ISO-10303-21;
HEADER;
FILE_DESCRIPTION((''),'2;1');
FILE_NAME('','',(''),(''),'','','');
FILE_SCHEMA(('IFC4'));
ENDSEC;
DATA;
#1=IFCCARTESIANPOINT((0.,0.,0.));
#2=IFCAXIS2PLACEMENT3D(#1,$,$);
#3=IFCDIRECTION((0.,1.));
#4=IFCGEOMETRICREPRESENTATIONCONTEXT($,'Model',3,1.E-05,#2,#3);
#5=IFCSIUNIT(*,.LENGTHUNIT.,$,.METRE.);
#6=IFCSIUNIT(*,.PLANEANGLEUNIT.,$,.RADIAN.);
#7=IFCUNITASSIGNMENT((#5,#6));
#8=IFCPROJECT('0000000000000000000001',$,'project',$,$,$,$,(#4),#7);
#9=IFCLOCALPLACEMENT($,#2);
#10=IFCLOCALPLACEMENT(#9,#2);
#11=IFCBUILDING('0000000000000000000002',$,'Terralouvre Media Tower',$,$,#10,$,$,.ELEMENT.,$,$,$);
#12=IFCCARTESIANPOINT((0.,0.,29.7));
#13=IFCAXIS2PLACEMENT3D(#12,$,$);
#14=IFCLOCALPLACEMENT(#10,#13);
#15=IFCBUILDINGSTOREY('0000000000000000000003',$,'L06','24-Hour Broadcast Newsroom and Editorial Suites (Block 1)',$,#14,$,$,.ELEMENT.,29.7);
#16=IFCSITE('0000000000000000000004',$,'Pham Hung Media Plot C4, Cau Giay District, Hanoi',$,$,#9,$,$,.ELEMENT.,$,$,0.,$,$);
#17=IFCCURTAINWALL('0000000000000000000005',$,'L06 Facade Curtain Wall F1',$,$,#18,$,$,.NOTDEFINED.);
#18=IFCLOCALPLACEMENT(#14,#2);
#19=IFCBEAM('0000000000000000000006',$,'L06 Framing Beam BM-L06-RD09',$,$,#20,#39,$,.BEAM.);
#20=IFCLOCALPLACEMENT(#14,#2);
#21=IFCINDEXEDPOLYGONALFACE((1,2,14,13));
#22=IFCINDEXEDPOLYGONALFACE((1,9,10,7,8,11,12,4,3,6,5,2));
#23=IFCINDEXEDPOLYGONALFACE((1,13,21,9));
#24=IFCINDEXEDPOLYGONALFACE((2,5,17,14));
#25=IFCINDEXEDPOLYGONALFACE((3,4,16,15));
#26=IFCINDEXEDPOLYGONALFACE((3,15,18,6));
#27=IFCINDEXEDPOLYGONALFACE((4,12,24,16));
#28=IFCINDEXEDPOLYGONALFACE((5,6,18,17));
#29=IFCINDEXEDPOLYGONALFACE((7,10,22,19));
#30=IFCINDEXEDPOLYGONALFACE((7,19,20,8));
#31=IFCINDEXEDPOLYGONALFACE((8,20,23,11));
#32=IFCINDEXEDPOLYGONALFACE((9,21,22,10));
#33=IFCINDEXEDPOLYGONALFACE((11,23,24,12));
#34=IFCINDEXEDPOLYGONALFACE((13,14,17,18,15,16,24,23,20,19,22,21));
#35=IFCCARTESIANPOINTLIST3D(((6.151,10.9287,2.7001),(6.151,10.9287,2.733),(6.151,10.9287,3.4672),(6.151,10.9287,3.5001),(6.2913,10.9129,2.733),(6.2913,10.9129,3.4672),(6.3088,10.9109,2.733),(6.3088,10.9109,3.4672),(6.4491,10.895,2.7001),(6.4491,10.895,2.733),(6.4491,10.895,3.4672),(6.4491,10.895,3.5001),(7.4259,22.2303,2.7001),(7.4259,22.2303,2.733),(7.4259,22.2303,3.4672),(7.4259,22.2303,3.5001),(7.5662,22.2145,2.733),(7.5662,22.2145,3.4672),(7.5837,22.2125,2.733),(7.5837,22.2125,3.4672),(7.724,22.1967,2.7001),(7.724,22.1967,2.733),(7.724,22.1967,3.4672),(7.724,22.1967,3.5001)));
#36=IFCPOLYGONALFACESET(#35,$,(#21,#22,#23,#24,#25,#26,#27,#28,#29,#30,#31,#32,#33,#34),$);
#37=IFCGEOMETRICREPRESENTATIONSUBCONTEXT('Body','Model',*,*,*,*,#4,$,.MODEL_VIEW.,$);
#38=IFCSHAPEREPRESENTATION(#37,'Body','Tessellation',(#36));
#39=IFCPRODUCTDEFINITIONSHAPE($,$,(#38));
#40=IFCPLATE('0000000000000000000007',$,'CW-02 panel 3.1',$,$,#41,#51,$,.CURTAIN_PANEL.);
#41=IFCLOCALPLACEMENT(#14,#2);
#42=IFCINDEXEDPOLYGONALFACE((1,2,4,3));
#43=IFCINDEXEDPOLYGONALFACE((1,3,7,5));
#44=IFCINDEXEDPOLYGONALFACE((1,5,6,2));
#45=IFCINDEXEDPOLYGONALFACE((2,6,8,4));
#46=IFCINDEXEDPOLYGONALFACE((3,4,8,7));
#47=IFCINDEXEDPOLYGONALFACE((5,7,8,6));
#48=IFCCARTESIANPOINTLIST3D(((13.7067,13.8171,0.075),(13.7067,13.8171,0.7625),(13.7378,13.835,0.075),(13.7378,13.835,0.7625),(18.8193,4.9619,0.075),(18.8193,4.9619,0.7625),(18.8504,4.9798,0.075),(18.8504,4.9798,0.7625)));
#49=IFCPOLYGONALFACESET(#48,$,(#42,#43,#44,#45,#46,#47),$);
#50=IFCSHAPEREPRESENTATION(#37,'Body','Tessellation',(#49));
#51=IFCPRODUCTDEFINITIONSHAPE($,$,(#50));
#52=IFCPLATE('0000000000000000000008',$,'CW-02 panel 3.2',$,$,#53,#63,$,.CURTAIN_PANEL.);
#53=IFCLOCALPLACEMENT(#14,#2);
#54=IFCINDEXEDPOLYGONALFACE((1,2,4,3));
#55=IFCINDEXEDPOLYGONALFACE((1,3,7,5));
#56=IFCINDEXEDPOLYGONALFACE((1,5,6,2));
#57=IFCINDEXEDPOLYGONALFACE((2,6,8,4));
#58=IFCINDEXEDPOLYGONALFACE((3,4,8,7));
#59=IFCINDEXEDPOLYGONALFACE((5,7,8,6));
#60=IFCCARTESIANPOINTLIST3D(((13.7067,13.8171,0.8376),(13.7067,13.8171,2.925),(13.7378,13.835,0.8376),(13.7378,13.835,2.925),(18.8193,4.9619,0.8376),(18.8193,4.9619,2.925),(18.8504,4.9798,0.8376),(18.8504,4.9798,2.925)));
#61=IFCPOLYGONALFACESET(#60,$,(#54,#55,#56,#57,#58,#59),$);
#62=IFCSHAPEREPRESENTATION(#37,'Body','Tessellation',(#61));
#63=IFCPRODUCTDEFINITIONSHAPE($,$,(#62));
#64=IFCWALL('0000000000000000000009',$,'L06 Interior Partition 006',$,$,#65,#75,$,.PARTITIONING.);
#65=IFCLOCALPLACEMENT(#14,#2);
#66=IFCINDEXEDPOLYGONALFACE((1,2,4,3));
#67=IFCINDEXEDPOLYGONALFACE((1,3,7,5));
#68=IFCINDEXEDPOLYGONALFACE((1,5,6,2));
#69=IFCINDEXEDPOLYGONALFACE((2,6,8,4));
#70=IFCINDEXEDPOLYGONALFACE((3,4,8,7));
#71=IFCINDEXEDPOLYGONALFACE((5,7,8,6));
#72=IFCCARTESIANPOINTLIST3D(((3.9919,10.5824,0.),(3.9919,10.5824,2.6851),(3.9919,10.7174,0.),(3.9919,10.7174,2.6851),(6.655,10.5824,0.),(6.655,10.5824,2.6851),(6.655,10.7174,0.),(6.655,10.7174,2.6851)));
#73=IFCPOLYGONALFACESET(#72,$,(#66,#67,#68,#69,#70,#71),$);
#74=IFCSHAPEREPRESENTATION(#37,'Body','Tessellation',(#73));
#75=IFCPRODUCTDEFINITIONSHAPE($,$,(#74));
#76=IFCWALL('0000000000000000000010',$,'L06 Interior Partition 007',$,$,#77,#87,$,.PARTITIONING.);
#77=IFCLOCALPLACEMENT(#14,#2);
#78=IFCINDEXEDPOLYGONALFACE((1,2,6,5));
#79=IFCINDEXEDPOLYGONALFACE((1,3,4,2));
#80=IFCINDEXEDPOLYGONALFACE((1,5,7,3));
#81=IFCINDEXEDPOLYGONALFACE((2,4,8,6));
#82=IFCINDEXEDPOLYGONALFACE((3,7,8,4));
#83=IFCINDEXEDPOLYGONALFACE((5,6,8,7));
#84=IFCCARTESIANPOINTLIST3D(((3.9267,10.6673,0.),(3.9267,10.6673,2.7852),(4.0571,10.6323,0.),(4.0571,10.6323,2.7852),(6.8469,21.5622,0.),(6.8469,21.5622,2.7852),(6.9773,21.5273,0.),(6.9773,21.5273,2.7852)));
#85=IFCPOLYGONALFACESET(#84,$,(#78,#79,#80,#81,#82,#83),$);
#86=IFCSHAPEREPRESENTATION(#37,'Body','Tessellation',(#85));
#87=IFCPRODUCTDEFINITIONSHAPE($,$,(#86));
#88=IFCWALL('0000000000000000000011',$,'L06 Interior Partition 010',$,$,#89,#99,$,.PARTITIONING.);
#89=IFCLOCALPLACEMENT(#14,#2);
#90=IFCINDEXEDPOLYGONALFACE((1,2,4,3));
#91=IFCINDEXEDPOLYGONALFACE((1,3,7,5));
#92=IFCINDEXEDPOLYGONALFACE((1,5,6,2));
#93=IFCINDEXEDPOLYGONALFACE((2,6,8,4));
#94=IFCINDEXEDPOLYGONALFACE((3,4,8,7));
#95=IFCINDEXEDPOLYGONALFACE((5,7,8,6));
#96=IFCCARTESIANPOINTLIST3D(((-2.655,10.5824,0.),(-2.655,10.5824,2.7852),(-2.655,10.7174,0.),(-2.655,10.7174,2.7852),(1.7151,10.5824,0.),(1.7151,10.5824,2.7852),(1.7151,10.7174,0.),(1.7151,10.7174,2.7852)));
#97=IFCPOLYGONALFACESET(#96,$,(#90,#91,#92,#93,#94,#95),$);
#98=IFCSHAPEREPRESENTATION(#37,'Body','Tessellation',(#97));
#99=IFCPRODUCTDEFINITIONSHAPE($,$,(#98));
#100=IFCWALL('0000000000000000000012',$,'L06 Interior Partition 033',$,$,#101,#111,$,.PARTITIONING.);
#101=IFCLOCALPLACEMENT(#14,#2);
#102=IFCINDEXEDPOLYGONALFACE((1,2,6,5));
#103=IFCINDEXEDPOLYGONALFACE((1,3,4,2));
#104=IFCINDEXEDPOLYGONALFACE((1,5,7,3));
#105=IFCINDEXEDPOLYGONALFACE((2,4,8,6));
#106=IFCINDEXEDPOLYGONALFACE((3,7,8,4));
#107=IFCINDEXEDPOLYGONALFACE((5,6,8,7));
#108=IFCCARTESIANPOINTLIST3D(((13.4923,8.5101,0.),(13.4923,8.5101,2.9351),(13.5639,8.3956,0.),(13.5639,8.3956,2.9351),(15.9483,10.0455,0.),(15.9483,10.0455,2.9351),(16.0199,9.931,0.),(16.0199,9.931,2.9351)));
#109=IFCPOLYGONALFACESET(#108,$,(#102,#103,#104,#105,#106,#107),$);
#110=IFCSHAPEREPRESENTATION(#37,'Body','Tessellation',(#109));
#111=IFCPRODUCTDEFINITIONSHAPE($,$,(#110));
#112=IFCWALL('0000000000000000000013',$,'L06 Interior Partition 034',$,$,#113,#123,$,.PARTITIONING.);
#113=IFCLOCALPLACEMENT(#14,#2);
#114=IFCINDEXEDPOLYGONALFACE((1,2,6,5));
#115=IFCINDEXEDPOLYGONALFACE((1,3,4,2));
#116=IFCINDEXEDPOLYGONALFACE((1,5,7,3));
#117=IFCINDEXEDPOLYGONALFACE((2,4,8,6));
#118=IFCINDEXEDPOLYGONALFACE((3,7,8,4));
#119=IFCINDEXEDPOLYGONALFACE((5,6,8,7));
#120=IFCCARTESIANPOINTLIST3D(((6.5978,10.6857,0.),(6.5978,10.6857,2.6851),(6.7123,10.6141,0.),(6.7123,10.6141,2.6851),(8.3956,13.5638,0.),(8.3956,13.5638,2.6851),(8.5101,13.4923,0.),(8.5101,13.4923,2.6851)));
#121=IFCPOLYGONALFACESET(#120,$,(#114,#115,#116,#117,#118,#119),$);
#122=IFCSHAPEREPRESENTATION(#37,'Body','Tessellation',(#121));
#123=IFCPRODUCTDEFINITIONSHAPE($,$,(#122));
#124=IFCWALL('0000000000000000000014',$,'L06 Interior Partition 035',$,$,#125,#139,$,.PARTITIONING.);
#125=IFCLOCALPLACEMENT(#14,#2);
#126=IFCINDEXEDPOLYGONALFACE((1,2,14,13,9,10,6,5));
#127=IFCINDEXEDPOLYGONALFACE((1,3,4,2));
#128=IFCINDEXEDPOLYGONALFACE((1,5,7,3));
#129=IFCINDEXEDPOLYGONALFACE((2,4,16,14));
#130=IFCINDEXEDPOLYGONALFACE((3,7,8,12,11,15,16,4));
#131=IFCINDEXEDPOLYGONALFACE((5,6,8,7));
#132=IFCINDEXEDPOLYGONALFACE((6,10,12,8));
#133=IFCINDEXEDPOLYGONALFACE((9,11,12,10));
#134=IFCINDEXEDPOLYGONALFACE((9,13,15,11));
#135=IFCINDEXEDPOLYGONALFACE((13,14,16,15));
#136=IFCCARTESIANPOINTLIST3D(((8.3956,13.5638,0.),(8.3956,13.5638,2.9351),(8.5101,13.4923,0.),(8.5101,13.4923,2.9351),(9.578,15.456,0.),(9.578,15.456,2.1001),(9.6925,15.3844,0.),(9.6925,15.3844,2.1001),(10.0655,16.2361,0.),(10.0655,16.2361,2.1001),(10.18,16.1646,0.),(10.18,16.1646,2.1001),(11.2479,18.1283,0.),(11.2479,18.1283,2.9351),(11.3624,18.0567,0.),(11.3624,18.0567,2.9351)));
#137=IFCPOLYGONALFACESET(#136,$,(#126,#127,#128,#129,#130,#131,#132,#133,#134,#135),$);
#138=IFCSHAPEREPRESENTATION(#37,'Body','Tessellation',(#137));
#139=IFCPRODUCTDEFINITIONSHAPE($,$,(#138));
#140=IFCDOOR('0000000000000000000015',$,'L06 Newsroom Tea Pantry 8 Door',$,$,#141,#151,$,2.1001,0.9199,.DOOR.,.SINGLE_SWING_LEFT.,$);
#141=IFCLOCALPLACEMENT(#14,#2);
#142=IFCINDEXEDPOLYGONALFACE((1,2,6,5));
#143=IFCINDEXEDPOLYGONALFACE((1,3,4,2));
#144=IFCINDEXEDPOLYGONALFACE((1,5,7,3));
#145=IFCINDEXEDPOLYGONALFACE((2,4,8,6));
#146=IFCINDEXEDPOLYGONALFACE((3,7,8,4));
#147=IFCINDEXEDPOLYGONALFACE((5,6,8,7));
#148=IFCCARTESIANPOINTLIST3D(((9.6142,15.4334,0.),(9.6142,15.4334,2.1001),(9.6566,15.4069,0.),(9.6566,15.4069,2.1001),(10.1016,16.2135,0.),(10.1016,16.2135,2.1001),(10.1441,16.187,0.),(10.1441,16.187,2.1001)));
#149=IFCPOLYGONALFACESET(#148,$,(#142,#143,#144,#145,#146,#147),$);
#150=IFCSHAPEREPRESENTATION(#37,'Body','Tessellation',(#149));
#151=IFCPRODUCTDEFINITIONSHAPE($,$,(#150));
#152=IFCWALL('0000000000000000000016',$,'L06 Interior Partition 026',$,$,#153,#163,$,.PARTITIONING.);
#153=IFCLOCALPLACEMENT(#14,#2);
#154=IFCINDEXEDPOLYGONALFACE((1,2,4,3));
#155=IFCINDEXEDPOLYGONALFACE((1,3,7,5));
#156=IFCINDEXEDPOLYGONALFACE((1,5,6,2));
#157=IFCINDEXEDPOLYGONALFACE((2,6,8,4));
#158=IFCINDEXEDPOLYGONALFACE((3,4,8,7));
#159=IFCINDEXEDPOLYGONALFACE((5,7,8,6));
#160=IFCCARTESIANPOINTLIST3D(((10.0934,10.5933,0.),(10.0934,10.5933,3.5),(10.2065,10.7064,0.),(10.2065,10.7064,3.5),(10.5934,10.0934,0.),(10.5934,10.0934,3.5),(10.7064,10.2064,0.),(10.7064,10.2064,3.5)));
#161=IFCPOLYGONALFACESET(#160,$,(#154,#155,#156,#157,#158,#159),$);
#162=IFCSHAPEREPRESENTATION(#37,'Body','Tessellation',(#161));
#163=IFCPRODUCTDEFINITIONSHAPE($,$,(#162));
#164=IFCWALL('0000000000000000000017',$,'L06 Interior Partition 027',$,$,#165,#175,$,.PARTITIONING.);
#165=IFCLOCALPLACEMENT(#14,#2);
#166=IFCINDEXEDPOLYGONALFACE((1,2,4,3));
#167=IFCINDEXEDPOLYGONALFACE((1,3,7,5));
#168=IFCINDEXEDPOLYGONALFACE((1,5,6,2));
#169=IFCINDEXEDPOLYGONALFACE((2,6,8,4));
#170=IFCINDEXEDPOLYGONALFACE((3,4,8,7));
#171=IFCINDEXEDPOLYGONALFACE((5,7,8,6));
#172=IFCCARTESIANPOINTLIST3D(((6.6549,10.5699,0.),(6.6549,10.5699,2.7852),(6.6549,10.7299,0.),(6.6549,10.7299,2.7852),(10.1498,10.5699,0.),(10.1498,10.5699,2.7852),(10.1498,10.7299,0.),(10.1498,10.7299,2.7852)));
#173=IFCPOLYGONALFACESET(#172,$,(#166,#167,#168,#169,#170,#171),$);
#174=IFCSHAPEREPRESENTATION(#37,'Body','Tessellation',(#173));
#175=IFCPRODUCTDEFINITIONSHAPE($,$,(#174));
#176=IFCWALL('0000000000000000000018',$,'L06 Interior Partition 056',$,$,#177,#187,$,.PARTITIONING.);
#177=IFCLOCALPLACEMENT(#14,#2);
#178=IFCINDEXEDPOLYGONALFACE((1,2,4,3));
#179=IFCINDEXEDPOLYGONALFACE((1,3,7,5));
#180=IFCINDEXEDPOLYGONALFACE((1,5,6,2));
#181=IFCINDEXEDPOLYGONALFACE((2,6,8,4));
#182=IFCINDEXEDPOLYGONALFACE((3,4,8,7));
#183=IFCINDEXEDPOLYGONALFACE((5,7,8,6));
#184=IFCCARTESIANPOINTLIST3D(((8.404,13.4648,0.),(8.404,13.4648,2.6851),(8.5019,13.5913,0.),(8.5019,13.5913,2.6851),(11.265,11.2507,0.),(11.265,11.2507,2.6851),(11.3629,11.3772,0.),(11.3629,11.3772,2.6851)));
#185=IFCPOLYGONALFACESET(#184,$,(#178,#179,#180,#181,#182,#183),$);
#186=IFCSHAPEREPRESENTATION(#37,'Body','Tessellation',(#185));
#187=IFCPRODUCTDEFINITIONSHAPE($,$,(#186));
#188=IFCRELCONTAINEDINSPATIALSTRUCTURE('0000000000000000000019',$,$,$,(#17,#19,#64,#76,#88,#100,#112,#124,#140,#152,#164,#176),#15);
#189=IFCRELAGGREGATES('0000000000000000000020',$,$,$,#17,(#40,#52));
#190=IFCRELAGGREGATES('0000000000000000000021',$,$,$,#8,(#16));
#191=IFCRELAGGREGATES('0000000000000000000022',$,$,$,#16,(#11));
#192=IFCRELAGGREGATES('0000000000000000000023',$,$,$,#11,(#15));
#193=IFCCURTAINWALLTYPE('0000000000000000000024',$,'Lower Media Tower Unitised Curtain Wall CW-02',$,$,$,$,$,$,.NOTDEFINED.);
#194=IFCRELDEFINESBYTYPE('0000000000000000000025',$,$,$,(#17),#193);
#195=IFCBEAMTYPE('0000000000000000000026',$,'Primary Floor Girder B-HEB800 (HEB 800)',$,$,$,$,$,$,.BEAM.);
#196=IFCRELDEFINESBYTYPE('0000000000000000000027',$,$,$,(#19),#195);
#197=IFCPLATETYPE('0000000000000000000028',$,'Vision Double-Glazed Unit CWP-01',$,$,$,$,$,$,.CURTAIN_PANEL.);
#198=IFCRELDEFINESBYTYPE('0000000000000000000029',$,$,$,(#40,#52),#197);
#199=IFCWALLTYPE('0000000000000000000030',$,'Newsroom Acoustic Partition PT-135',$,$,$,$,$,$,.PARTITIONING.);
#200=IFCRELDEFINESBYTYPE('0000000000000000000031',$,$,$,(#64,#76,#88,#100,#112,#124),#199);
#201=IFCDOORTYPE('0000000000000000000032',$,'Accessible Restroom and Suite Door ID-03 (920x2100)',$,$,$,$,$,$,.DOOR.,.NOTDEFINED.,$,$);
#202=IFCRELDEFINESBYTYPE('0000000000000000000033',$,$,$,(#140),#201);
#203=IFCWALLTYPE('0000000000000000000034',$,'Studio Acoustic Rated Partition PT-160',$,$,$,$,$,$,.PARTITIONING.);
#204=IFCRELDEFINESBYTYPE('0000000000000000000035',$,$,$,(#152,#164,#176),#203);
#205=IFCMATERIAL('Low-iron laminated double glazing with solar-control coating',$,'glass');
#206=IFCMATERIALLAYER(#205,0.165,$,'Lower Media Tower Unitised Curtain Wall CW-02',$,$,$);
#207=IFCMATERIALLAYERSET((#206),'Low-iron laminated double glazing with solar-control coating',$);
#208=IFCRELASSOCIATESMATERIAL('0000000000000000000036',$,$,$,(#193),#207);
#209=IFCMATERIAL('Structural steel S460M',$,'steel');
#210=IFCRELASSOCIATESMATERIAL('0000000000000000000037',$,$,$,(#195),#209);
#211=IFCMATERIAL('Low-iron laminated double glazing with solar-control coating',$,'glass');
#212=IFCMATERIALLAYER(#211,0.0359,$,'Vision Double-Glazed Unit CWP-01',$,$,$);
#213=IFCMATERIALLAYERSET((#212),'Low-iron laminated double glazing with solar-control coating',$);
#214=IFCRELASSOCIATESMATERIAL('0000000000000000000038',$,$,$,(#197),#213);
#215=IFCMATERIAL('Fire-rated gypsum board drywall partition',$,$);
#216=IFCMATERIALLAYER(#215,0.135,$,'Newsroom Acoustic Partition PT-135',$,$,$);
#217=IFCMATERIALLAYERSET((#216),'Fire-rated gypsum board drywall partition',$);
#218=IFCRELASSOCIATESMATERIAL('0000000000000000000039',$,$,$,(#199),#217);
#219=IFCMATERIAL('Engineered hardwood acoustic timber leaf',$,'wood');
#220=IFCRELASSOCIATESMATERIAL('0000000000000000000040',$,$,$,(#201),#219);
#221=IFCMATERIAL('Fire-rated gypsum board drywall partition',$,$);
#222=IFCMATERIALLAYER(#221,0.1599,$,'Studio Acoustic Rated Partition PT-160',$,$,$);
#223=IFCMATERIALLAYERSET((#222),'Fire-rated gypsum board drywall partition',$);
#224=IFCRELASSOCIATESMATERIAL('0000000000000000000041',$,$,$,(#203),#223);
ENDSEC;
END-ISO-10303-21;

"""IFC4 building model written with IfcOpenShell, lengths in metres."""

from ifc_helpers import new_model, si_unit, direction, frame, frame_2d, origin, origin_2d, place, context, subcontext, project, spatial, rectangle, i_section, extrude, material, layer, layer_set, material_profile, profile_set, type_object, element, fill, aggregate, save


model = new_model("IFC4")

# Units and contexts
model_context = context("Model", 3, precision=1e-05, world=origin(), true_north=direction((0.0, 1.0)))
body_context = subcontext(model_context, "Body", "Model", "MODEL_VIEW")
ifc_project = project(units=[si_unit("LENGTHUNIT", "METRE"), si_unit("PLANEANGLEUNIT", "RADIAN")], contexts=[model_context])

# Site, building, storey
site_placement = place(None, origin())
site = spatial("IfcSite", under=ifc_project, at=site_placement, Name="Pham Hung Media Plot C4, Cau Giay District, Hanoi", CompositionType="ELEMENT", RefElevation=0.0)
building_placement = place(site_placement, origin())
building = spatial("IfcBuilding", under=site, at=building_placement, Name="Terralouvre Media Tower", CompositionType="ELEMENT")
storey_placement = place(building_placement, frame((0.0, 0.0, 29.7)))
storey = spatial("IfcBuildingStorey", under=building, at=storey_placement, Name="L06", Description="24-Hour Broadcast Newsroom and Editorial Suites (Block 1)", CompositionType="ELEMENT", Elevation=29.7)

# Curtain wall
ifc_material_1 = material(Name="Low-iron laminated double glazing with solar-control coating", Category="glass")
ifc_layer_1 = layer(ifc_material_1, 0.165, Name="Lower Media Tower Unitised Curtain Wall CW-02")
ifc_layer_set_1 = layer_set([ifc_layer_1], Name="Low-iron laminated double glazing with solar-control coating")
curtain_wall_type = type_object("IfcCurtainWallType", Name="Lower Media Tower Unitised Curtain Wall CW-02", PredefinedType="NOTDEFINED", material=ifc_layer_set_1)
curtain_wall_placement = place(storey_placement, origin())
curtain_wall = element("IfcCurtainWall", 1, at=curtain_wall_placement, inside=storey, type_object=curtain_wall_type, Name="L06 Facade Curtain Wall F1", PredefinedType="NOTDEFINED")

# Beam
ifc_material_2 = material(Name="Structural steel S460M", Category="steel")
ifc_material_profile_1 = material_profile(ifc_material_2, i_section(OverallWidth=0.3, OverallDepth=0.8, WebThickness=0.0176, FlangeThickness=0.033, at=origin_2d()), Name="HEB 800")
ifc_profile_set_1 = profile_set([ifc_material_profile_1], Name="Structural steel S460M")
beam_type_1 = type_object("IfcBeamType", Name="Primary Floor Girder B-HEB800 (HEB 800)", PredefinedType="BEAM", material=ifc_profile_set_1)
beam_1_placement = place(storey_placement, frame((6.3, 10.9119, 3.1001), z_axis=(0.112097, 0.993697, 0.0), x_axis=(-0.993697, 0.112097, 0.0)))
element("IfcBeam", 2, at=beam_1_placement, inside=storey, type_object=beam_type_1, Name="L06 Framing Beam BM-L06-RD09", PredefinedType="BEAM", context=body_context, shape_type="SweptSolid", body=[
    extrude(i_section(OverallWidth=0.3, OverallDepth=0.8, WebThickness=0.0176, FlangeThickness=0.033, at=origin_2d()), origin(), (0.0, 0.0, 1.0), 11.3733),
])

# Plates
ifc_material_3 = material(Name="Low-iron laminated double glazing with solar-control coating", Category="glass")
ifc_layer_2 = layer(ifc_material_3, 0.0359, Name="Vision Double-Glazed Unit CWP-01")
ifc_layer_set_2 = layer_set([ifc_layer_2], Name="Low-iron laminated double glazing with solar-control coating")
plate_type = type_object("IfcPlateType", Name="Vision Double-Glazed Unit CWP-01", PredefinedType="CURTAIN_PANEL", material=ifc_layer_set_2)
plate_1_placement = place(storey_placement, frame((16.2786, 9.3984, 0.075), z_axis=(0.0, 0.0, 1.0), x_axis=(-0.5, 0.866025, 0.0)))
plate_1 = element("IfcPlate", 3, at=plate_1_placement, type_object=plate_type, Name="CW-02 panel 3.1", PredefinedType="CURTAIN_PANEL", context=body_context, shape_type="SweptSolid", body=[
    extrude(rectangle(XDim=10.2251, YDim=0.0359, at=origin_2d()), origin(), (0.0, 0.0, 1.0), 0.6875),
])
plate_2_placement = place(storey_placement, frame((16.2786, 9.3984, 0.8376), z_axis=(0.0, 0.0, 1.0), x_axis=(-0.5, 0.866025, 0.0)))
plate_2 = element("IfcPlate", 4, at=plate_2_placement, type_object=plate_type, Name="CW-02 panel 3.2", PredefinedType="CURTAIN_PANEL", context=body_context, shape_type="SweptSolid", body=[
    extrude(rectangle(XDim=10.2251, YDim=0.0359, at=origin_2d()), origin(), (0.0, 0.0, 1.0), 2.0874),
])
aggregate(curtain_wall, [plate_1, plate_2])

# Walls
ifc_material_4 = material(Name="Fire-rated gypsum board drywall partition")
ifc_layer_3 = layer(ifc_material_4, 0.135, Name="Newsroom Acoustic Partition PT-135")
ifc_layer_set_3 = layer_set([ifc_layer_3], Name="Fire-rated gypsum board drywall partition")
wall_type_1 = type_object("IfcWallType", Name="Newsroom Acoustic Partition PT-135", PredefinedType="PARTITIONING", material=ifc_layer_set_3)
wall_1_placement = place(storey_placement, frame((6.655, 10.6499, 0.0), z_axis=(0.0, 0.0, 1.0), x_axis=(-1.0, 0.0, 0.0)))
element("IfcWall", 5, at=wall_1_placement, inside=storey, type_object=wall_type_1, Name="L06 Interior Partition 006", PredefinedType="PARTITIONING", context=body_context, shape_type="SweptSolid", body=[
    extrude(rectangle(XDim=2.6631, YDim=0.135, at=frame_2d((1.3315, 0.0))), origin(), (0.0, 0.0, 1.0), 2.6851),
])
wall_2_placement = place(storey_placement, frame((3.9919, 10.6499, 0.0), z_axis=(0.0, 0.0, 1.0), x_axis=(0.25889, 0.965907, 0.0)))
element("IfcWall", 6, at=wall_2_placement, inside=storey, type_object=wall_type_1, Name="L06 Interior Partition 007", PredefinedType="PARTITIONING", context=body_context, shape_type="SweptSolid", body=[
    extrude(rectangle(XDim=11.2795, YDim=0.135, at=frame_2d((5.6396, 0.0))), origin(), (0.0, 0.0, 1.0), 2.7852),
])
wall_3_placement = place(storey_placement, frame((1.7151, 10.6499, 0.0), z_axis=(0.0, 0.0, 1.0), x_axis=(-1.0, 0.0, 0.0)))
element("IfcWall", 7, at=wall_3_placement, inside=storey, type_object=wall_type_1, Name="L06 Interior Partition 010", PredefinedType="PARTITIONING", context=body_context, shape_type="SweptSolid", body=[
    extrude(rectangle(XDim=4.3701, YDim=0.135, at=frame_2d((2.1851, 0.0))), origin(), (0.0, 0.0, 1.0), 2.7852),
])
wall_4_placement = place(storey_placement, frame((15.9841, 9.9883, 0.0), z_axis=(0.0, 0.0, 1.0), x_axis=(-0.847941, -0.53009, 0.0)))
element("IfcWall", 8, at=wall_4_placement, inside=storey, type_object=wall_type_1, Name="L06 Interior Partition 033", PredefinedType="PARTITIONING", context=body_context, shape_type="SweptSolid", body=[
    extrude(rectangle(XDim=2.8965, YDim=0.135, at=frame_2d((1.4482, 0.0))), origin(), (0.0, 0.0, 1.0), 2.9351),
])
wall_5_placement = place(storey_placement, frame((6.655, 10.6499, 0.0), z_axis=(0.0, 0.0, 1.0), x_axis=(0.529786, 0.848132, 0.0)))
element("IfcWall", 9, at=wall_5_placement, inside=storey, type_object=wall_type_1, Name="L06 Interior Partition 034", PredefinedType="PARTITIONING", context=body_context, shape_type="SweptSolid", body=[
    extrude(rectangle(XDim=3.3936, YDim=0.135, at=frame_2d((1.6968, 0.0))), origin(), (0.0, 0.0, 1.0), 2.6851),
])

# Wall, opening, door
wall_6_placement = place(storey_placement, frame((8.4529, 13.5281, 0.0), z_axis=(0.0, 0.0, 1.0), x_axis=(0.529934, 0.848039, 0.0)))
wall_6 = element("IfcWall", 10, at=wall_6_placement, inside=storey, type_object=wall_type_1, Name="L06 Interior Partition 035", PredefinedType="PARTITIONING", context=body_context, shape_type="SweptSolid", body=[
    extrude(rectangle(XDim=5.3823, YDim=0.135, at=frame_2d((2.6912, 0.0))), origin(), (0.0, 0.0, 1.0), 2.9351),
])
opening_placement = place(wall_6_placement, frame((2.2312, 0.0, 0.0)))
opening = element("IfcOpeningElement", 11, at=opening_placement, cuts=wall_6, PredefinedType="OPENING", context=body_context, shape_type="SweptSolid", body=[
    extrude(rectangle(XDim=0.9199, YDim=2.1001, at=frame_2d((0.46, 1.05))), frame((0.0, 0.0774, 0.0), z_axis=(0.0, -1.0, 0.0), x_axis=(1.0, 0.0, 0.0)), (0.0, 0.0, 1.0), 0.155),
])
ifc_material_5 = material(Name="Engineered hardwood acoustic timber leaf", Category="wood")
door_type = type_object("IfcDoorType", Name="Accessible Restroom and Suite Door ID-03 (920x2100)", OperationType="NOTDEFINED", PredefinedType="DOOR", material=ifc_material_5)
door_placement = place(opening_placement, origin())
door = element("IfcDoor", 12, at=door_placement, inside=storey, type_object=door_type, Name="L06 Newsroom Tea Pantry 8 Door", OperationType="SINGLE_SWING_LEFT", OverallHeight=2.1001, OverallWidth=0.9199, PredefinedType="DOOR", context=body_context, shape_type="SweptSolid", body=[
    extrude(rectangle(XDim=0.9199, YDim=2.1001, at=frame_2d((0.46, 1.05))), frame((0.0, 0.0249, 0.0), z_axis=(0.0, -1.0, 0.0), x_axis=(1.0, 0.0, 0.0)), (0.0, 0.0, 1.0), 0.05),
])
fill(opening, door)

# Walls
ifc_material_6 = material(Name="Fire-rated gypsum board drywall partition")
ifc_layer_4 = layer(ifc_material_6, 0.1599, Name="Studio Acoustic Rated Partition PT-160")
ifc_layer_set_4 = layer_set([ifc_layer_4], Name="Fire-rated gypsum board drywall partition")
wall_type_2 = type_object("IfcWallType", Name="Studio Acoustic Rated Partition PT-160", PredefinedType="PARTITIONING", material=ifc_layer_set_4)
wall_7_placement = place(storey_placement, frame((10.6499, 10.1499, 0.0), z_axis=(0.0, 0.0, 1.0), x_axis=(-0.707107, 0.707107, 0.0)))
element("IfcWall", 13, at=wall_7_placement, inside=storey, type_object=wall_type_2, Name="L06 Interior Partition 026", PredefinedType="PARTITIONING", context=body_context, shape_type="SweptSolid", body=[
    extrude(rectangle(XDim=0.707, YDim=0.1599, at=frame_2d((0.3535, 0.0))), origin(), (0.0, 0.0, 1.0), 3.5),
])
wall_8_placement = place(storey_placement, frame((10.1499, 10.6499, 0.0), z_axis=(0.0, 0.0, 1.0), x_axis=(-1.0, 0.0, 0.0)))
element("IfcWall", 14, at=wall_8_placement, inside=storey, type_object=wall_type_2, Name="L06 Interior Partition 027", PredefinedType="PARTITIONING", context=body_context, shape_type="SweptSolid", body=[
    extrude(rectangle(XDim=3.4949, YDim=0.1599, at=frame_2d((1.7476, 0.0))), origin(), (0.0, 0.0, 1.0), 2.7852),
])
wall_9_placement = place(storey_placement, frame((11.314, 11.314, 0.0), z_axis=(0.0, 0.0, 1.0), x_axis=(-0.790847, 0.612014, 0.0)))
element("IfcWall", 15, at=wall_9_placement, inside=storey, type_object=wall_type_2, Name="L06 Interior Partition 056", PredefinedType="PARTITIONING", context=body_context, shape_type="SweptSolid", body=[
    extrude(rectangle(XDim=3.6177, YDim=0.1599, at=frame_2d((1.8088, 0.0))), origin(), (0.0, 0.0, 1.0), 2.6851),
])

save(model, "model.ifc")
